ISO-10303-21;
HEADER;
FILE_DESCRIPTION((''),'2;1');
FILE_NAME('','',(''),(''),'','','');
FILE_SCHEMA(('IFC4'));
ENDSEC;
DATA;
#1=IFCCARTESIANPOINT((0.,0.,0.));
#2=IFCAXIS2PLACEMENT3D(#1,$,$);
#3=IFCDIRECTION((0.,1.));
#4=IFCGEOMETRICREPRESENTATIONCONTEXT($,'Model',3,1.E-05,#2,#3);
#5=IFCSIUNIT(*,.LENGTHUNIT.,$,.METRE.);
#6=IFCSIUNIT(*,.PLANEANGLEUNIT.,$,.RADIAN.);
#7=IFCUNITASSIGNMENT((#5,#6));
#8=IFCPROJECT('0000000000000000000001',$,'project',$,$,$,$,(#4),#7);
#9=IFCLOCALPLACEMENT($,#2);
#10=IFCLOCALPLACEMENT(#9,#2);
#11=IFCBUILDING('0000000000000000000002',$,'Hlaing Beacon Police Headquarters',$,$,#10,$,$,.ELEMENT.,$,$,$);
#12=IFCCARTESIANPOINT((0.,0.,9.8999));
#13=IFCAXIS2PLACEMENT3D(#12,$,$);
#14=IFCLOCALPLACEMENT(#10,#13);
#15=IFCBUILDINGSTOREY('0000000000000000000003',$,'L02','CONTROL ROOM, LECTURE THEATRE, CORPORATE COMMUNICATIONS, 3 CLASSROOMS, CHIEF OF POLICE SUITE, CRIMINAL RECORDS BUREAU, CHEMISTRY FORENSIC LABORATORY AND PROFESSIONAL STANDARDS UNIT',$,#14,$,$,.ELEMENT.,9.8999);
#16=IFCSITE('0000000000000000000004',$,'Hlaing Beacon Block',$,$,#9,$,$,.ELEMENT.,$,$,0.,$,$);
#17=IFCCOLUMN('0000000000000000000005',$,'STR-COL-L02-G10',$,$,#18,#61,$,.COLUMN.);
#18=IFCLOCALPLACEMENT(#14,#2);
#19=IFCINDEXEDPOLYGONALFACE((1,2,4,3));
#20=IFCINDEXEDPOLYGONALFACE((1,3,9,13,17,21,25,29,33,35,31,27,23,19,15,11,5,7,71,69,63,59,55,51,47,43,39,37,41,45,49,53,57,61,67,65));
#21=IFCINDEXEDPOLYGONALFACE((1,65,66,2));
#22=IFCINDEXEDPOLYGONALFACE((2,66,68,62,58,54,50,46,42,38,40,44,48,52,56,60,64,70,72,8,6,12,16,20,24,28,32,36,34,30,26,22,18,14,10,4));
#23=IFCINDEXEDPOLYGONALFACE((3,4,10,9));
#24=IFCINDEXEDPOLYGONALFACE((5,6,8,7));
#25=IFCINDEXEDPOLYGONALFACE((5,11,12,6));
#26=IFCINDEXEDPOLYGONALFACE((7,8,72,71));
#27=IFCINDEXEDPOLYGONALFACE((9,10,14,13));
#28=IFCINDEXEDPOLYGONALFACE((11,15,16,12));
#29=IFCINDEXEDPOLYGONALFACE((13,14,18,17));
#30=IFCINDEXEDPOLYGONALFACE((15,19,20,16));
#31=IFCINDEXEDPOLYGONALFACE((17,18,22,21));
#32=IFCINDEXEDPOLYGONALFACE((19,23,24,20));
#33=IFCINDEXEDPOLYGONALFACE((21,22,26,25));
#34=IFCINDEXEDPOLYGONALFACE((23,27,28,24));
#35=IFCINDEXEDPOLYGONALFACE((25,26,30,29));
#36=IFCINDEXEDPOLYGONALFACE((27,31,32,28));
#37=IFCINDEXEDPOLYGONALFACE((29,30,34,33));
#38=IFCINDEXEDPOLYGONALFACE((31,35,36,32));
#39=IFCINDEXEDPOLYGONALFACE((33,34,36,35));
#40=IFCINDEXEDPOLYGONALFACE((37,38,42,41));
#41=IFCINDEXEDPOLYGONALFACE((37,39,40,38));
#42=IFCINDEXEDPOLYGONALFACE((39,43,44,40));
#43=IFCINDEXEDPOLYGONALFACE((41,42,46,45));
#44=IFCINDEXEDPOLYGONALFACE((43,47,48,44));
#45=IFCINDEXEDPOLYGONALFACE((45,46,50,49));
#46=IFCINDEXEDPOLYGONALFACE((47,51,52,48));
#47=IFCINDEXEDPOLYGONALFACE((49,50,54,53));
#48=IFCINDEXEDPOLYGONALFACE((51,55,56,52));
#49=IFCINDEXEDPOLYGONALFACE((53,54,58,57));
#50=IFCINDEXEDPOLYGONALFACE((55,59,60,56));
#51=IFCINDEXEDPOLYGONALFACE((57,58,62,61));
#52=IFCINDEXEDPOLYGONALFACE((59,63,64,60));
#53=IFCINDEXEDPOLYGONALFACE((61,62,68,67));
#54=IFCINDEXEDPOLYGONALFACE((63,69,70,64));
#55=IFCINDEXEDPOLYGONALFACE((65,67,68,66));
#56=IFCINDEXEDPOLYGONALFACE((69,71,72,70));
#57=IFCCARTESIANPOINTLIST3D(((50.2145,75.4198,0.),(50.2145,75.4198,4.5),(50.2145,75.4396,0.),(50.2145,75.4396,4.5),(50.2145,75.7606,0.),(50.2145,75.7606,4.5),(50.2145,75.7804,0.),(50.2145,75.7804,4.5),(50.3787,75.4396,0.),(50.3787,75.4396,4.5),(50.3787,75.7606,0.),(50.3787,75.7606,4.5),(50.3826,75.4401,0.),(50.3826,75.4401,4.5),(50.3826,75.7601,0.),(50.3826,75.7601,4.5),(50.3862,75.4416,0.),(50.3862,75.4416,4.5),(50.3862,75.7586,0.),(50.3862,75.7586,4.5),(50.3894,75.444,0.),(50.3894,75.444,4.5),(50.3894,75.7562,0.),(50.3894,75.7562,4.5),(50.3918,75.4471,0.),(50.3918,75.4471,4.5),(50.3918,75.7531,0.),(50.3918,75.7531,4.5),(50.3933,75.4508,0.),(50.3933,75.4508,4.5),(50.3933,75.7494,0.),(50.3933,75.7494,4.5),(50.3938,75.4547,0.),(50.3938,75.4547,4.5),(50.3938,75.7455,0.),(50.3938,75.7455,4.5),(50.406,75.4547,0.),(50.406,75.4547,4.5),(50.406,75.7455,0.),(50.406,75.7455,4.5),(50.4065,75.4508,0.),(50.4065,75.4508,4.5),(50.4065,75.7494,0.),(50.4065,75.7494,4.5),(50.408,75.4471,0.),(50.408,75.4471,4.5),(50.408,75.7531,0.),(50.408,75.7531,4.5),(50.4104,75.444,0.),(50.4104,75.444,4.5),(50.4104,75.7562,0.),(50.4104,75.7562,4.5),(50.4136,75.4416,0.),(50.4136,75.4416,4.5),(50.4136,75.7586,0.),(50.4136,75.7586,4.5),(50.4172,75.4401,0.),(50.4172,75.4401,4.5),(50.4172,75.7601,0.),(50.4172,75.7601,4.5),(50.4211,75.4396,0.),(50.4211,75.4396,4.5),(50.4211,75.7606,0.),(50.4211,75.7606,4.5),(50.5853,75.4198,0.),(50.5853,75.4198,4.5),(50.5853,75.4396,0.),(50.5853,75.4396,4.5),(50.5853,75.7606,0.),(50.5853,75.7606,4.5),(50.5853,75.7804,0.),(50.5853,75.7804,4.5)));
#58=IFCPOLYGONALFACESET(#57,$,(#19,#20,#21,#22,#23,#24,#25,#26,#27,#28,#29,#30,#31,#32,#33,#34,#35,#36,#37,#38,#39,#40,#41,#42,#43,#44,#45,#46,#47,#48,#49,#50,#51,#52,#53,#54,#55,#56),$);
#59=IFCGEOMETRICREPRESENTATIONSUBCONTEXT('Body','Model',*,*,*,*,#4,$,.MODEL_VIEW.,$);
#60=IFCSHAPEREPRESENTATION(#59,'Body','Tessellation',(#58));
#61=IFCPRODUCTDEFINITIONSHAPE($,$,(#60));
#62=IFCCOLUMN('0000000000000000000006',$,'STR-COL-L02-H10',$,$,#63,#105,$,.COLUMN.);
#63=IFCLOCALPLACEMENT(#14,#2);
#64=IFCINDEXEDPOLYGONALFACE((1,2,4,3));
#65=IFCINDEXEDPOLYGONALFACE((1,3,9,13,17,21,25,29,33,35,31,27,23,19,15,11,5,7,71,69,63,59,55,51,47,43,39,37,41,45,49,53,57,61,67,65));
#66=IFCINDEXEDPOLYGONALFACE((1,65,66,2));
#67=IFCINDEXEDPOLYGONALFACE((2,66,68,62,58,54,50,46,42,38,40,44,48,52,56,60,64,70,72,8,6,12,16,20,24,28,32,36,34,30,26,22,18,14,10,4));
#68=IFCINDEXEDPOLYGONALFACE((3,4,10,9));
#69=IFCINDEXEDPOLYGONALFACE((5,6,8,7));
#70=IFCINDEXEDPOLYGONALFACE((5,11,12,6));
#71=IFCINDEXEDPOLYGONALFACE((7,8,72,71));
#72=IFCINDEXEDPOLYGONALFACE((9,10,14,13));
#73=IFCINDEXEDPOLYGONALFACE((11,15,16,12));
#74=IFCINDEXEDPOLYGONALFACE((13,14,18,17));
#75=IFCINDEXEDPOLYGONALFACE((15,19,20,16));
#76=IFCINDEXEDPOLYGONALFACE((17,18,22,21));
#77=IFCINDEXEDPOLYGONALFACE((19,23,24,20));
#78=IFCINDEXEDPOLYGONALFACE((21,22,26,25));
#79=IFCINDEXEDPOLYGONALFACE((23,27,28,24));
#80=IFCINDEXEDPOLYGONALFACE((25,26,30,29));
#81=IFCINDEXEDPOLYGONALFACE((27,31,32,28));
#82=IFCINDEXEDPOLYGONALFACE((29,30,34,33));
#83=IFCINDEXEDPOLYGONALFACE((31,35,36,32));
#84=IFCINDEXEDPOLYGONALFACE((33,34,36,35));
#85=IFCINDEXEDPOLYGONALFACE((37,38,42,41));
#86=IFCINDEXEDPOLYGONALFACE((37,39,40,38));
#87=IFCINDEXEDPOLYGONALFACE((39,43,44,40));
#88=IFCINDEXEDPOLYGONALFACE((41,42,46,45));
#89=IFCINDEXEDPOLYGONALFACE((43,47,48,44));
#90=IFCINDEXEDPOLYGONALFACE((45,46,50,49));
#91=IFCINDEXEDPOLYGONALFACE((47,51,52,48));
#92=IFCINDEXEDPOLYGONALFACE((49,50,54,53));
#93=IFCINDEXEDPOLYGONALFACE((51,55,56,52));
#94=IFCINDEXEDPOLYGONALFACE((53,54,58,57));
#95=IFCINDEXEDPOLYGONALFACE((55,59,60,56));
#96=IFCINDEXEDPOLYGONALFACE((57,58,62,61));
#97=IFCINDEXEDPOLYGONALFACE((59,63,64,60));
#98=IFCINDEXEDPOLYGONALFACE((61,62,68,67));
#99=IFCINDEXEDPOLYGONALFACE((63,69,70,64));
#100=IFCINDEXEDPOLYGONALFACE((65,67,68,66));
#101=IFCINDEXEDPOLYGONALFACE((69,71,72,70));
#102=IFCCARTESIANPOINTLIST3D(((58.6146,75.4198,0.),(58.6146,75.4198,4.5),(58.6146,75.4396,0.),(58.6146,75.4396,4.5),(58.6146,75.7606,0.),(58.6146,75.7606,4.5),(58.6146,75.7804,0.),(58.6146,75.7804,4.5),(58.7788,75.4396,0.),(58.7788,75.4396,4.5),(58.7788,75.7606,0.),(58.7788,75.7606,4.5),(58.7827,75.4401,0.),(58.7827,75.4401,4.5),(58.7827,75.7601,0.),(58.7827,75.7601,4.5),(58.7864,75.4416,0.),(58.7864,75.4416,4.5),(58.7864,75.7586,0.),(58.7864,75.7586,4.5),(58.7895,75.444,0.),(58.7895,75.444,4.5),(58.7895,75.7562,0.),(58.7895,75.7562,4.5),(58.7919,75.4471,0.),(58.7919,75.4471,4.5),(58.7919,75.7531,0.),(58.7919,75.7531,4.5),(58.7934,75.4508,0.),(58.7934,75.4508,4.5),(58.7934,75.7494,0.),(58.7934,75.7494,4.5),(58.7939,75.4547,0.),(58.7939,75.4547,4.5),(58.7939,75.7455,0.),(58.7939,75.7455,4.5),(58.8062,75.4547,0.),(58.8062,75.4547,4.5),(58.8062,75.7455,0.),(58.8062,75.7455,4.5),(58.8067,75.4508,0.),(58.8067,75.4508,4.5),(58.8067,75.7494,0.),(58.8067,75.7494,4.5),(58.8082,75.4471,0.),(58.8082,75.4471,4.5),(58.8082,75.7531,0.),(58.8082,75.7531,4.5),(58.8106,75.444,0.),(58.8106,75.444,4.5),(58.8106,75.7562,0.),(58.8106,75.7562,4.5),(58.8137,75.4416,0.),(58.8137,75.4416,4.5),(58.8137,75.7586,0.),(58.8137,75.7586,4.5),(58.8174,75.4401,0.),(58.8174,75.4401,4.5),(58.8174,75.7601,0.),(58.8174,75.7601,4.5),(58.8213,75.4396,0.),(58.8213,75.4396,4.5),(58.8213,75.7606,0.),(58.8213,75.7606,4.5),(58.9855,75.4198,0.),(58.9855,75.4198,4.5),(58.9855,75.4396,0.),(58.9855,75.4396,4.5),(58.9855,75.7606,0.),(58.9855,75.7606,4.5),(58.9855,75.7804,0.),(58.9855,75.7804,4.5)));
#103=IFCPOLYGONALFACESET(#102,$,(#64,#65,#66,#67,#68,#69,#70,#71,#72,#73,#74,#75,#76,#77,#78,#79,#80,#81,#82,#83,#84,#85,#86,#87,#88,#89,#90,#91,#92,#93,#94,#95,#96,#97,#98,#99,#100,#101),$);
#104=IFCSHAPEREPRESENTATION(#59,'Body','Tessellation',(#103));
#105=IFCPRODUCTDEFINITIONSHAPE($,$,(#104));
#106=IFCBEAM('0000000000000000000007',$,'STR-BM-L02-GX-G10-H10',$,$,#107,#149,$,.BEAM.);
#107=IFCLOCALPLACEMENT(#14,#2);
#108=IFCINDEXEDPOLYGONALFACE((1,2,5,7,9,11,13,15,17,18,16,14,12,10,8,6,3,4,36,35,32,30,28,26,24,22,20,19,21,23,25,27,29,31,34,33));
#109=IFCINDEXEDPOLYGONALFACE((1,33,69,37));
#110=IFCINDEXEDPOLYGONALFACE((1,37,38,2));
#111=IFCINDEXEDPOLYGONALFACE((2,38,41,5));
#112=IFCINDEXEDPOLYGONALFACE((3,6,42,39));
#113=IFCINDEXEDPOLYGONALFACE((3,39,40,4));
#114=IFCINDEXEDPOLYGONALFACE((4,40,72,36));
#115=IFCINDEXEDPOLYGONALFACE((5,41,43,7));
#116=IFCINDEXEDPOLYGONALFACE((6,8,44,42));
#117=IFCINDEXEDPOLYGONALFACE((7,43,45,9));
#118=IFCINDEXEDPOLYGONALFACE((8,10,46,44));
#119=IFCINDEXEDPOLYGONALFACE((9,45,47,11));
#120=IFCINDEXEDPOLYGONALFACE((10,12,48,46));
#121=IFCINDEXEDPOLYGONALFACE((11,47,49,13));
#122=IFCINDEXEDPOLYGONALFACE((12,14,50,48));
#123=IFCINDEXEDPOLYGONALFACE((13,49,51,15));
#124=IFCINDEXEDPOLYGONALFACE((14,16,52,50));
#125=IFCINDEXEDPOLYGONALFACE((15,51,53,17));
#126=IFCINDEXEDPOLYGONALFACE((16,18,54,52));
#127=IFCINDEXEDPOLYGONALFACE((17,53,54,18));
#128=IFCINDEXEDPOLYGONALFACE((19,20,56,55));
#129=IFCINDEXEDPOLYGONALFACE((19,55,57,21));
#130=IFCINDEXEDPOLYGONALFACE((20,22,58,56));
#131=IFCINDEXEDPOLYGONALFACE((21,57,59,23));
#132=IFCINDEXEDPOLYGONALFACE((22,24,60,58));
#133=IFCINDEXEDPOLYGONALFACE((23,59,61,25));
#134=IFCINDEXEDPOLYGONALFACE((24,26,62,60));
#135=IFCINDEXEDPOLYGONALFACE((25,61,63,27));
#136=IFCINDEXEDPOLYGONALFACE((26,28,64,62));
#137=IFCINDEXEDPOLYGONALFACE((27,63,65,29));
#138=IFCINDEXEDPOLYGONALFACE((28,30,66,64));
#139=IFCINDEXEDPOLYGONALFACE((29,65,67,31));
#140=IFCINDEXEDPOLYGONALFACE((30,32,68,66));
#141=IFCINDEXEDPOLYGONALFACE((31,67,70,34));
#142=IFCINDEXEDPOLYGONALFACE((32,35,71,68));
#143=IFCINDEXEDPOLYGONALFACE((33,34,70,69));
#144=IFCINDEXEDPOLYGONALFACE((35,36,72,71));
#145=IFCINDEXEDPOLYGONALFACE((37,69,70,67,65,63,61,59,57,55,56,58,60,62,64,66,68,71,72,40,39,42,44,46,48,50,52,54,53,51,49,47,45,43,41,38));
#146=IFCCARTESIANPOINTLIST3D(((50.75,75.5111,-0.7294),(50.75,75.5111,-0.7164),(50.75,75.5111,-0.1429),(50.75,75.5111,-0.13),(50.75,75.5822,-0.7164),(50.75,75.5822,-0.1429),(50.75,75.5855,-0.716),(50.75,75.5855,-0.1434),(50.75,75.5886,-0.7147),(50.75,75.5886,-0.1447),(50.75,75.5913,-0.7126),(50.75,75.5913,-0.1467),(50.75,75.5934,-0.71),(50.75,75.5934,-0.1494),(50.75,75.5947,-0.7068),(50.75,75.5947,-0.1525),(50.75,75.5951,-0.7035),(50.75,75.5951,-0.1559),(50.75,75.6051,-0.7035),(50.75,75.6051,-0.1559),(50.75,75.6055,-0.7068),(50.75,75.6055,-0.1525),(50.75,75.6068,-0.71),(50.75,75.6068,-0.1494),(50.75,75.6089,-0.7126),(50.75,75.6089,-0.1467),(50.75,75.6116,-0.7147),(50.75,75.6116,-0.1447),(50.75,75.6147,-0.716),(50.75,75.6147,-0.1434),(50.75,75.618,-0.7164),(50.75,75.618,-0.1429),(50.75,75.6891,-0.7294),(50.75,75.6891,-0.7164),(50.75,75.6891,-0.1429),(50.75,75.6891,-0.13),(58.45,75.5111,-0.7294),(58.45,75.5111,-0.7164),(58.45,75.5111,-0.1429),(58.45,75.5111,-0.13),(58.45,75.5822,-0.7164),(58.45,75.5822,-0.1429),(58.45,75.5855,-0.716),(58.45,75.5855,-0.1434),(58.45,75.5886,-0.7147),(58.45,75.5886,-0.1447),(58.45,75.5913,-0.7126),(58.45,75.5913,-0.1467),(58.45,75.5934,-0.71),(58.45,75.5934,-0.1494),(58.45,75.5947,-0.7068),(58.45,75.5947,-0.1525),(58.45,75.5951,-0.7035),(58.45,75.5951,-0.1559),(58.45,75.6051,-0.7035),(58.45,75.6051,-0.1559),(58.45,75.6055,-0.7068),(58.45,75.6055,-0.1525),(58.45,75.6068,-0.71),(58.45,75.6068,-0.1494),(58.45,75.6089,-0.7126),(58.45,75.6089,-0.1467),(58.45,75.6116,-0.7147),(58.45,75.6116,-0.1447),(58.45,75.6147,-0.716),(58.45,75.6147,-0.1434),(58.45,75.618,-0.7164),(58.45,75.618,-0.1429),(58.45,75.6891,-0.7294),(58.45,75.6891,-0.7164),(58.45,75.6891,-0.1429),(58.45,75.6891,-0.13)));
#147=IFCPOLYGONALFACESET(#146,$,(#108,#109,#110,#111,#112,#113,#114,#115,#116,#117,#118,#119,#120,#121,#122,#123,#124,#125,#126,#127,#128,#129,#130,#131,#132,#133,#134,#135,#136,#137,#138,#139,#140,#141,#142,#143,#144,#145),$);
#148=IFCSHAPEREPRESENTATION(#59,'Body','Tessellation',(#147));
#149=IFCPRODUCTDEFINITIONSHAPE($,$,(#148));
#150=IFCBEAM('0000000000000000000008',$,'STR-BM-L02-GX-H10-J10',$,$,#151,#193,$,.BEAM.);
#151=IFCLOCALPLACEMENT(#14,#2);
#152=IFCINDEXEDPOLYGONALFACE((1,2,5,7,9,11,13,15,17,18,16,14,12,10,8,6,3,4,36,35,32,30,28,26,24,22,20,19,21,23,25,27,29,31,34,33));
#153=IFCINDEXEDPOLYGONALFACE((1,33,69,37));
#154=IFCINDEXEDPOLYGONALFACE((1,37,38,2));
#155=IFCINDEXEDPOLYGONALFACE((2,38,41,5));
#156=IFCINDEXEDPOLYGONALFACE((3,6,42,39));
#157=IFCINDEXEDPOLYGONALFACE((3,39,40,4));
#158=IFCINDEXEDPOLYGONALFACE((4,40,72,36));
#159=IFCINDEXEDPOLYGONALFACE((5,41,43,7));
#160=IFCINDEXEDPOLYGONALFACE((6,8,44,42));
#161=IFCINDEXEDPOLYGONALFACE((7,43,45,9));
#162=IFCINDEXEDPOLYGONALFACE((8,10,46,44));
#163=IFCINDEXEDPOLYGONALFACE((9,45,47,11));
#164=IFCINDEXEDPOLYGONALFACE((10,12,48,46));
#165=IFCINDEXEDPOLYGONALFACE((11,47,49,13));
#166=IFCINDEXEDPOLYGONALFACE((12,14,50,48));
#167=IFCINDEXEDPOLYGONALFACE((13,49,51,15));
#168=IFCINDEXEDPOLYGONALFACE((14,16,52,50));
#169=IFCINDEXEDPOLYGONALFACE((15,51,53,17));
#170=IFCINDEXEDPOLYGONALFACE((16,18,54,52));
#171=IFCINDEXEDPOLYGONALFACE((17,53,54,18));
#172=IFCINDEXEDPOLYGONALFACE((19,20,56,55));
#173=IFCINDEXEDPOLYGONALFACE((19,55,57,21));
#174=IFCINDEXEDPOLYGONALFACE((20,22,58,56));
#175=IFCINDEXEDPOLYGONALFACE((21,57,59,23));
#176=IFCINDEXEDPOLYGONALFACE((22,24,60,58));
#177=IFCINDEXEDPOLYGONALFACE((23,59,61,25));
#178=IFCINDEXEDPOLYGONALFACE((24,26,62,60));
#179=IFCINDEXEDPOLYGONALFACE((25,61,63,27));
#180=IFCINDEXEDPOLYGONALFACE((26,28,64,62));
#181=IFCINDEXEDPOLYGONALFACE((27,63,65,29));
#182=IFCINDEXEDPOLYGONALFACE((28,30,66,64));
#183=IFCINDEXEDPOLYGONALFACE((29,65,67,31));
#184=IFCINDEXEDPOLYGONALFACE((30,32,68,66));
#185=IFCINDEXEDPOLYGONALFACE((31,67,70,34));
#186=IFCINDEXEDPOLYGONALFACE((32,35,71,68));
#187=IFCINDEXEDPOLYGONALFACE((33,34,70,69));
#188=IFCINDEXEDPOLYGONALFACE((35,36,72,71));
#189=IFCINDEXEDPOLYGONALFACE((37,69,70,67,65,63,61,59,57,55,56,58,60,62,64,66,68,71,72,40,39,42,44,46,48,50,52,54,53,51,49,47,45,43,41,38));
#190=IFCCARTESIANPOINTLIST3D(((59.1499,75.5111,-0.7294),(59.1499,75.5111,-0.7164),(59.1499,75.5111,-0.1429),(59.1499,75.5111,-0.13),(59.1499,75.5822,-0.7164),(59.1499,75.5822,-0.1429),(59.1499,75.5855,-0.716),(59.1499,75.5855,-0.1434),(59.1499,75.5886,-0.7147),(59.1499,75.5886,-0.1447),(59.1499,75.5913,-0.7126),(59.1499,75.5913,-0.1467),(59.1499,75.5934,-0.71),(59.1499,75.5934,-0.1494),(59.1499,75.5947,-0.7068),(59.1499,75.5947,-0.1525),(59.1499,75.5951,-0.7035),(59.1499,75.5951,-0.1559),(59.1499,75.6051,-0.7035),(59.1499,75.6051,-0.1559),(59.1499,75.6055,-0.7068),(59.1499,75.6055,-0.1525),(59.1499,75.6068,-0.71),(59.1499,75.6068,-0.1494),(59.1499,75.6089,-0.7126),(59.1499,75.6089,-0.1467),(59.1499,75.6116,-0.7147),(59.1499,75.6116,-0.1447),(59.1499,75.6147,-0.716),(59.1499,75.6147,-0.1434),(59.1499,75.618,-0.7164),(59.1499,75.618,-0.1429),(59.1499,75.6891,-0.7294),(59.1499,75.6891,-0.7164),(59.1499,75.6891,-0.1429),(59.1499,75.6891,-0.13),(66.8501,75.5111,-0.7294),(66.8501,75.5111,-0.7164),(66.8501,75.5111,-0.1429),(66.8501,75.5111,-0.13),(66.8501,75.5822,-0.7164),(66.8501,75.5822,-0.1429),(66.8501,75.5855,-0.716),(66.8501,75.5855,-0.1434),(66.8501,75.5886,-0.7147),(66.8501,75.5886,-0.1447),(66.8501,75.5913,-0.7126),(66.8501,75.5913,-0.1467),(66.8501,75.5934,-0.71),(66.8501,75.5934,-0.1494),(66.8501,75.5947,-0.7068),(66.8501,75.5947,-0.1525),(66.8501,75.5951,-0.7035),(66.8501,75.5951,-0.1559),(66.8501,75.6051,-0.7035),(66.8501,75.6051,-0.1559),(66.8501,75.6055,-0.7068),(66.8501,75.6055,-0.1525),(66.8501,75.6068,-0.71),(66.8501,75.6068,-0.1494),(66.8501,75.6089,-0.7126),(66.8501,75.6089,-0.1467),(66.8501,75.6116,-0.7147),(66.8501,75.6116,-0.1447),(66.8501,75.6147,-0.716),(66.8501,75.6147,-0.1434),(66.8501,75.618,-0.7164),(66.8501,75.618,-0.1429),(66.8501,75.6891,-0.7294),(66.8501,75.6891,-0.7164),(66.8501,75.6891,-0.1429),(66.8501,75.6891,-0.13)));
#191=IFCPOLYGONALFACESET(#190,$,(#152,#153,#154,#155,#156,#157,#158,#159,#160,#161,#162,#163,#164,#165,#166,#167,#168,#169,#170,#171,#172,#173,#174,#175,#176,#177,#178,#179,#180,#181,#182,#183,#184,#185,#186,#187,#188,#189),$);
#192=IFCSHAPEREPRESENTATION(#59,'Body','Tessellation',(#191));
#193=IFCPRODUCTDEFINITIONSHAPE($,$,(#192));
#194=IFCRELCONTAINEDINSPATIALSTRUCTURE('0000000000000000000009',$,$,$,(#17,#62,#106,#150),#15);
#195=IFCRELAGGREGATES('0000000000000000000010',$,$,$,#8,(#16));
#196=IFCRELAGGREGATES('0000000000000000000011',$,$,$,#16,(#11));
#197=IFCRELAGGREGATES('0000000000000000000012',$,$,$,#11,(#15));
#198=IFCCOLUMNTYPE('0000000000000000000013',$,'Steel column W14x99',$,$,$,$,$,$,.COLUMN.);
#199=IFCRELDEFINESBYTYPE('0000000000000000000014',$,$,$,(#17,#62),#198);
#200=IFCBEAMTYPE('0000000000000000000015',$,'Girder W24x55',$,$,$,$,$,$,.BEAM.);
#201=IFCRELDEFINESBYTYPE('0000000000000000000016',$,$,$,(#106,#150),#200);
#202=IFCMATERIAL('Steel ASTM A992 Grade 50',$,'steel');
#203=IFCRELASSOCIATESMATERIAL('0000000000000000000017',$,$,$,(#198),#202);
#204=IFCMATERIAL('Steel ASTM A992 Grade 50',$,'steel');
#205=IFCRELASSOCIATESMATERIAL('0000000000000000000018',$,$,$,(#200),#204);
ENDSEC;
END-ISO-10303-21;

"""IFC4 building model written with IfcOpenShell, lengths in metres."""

from ifc_helpers import new_model, si_unit, direction, frame, origin, origin_2d, place, context, subcontext, project, spatial, i_section, extrude, material, material_profile, profile_set, type_object, element, save


model = new_model("IFC4")

# Units and contexts
model_context = context("Model", 3, precision=1e-05, world=origin(), true_north=direction((0.0, 1.0)))
body_context = subcontext(model_context, "Body", "Model", "MODEL_VIEW")
ifc_project = project(units=[si_unit("LENGTHUNIT", "METRE"), si_unit("PLANEANGLEUNIT", "RADIAN")], contexts=[model_context])

# Site, building, storey
site_placement = place(None, origin())
site = spatial("IfcSite", under=ifc_project, at=site_placement, Name="Hlaing Beacon Block", CompositionType="ELEMENT", RefElevation=0.0)
building_placement = place(site_placement, origin())
building = spatial("IfcBuilding", under=site, at=building_placement, Name="Hlaing Beacon Police Headquarters", CompositionType="ELEMENT")
storey_placement = place(building_placement, frame((0.0, 0.0, 9.8999)))
storey = spatial("IfcBuildingStorey", under=building, at=storey_placement, Name="L02", Description="CONTROL ROOM, LECTURE THEATRE, CORPORATE COMMUNICATIONS, 3 CLASSROOMS, CHIEF OF POLICE SUITE, CRIMINAL RECORDS BUREAU, CHEMISTRY FORENSIC LABORATORY AND PROFESSIONAL STANDARDS UNIT", CompositionType="ELEMENT", Elevation=9.8999)

# Columns
ifc_material_1 = material(Name="Steel ASTM A992 Grade 50", Category="steel")
ifc_material_profile_1 = material_profile(ifc_material_1, i_section(OverallWidth=0.3708, OverallDepth=0.3606, WebThickness=0.0122, FlangeThickness=0.0198, FilletRadius=0.0151, at=origin_2d()), Name="W14x99")
ifc_profile_set_1 = profile_set([ifc_material_profile_1], Name="Steel ASTM A992 Grade 50")
column_type_1 = type_object("IfcColumnType", Name="Steel column W14x99", PredefinedType="COLUMN", material=ifc_profile_set_1)
for number, where, z_axis, x_axis, name in (
    (1, (50.3999, 75.6001, 0.0), (0.0, 0.0, 1.0), (1.0, 0.0, 0.0), "STR-COL-L02-G10"),
    (2, (58.8, 75.6001, 0.0), (0.0, 0.0, 1.0), (1.0, 0.0, 0.0), "STR-COL-L02-H10"),
):
    element("IfcColumn", number, at=place(storey_placement, frame(where, z_axis=z_axis, x_axis=x_axis)), inside=storey, type_object=column_type_1, Name=name, PredefinedType="COLUMN", context=body_context, shape_type="SweptSolid", body=[
        extrude(i_section(OverallWidth=0.3708, OverallDepth=0.3606, WebThickness=0.0122, FlangeThickness=0.0198, FilletRadius=0.0151, at=origin_2d()), origin(), (0.0, 0.0, 1.0), 4.5),
    ])

# Beams
ifc_material_2 = material(Name="Steel ASTM A992 Grade 50", Category="steel")
ifc_material_profile_2 = material_profile(ifc_material_2, i_section(OverallWidth=0.178, OverallDepth=0.5994, WebThickness=0.01, FlangeThickness=0.0129, FilletRadius=0.0129, at=origin_2d()), Name="W24x55")
ifc_profile_set_2 = profile_set([ifc_material_profile_2], Name="Steel ASTM A992 Grade 50")
beam_type_1 = type_object("IfcBeamType", Name="Girder W24x55", PredefinedType="BEAM", material=ifc_profile_set_2)
beam_1_placement = place(storey_placement, frame((50.75, 75.6001, -0.4297), z_axis=(1.0, 0.0, 0.0), x_axis=(0.0, 1.0, 0.0)))
element("IfcBeam", 3, at=beam_1_placement, inside=storey, type_object=beam_type_1, Name="STR-BM-L02-GX-G10-H10", PredefinedType="BEAM", context=body_context, shape_type="SweptSolid", body=[
    extrude(i_section(OverallWidth=0.178, OverallDepth=0.5994, WebThickness=0.01, FlangeThickness=0.0129, FilletRadius=0.0129, at=origin_2d()), origin(), (0.0, 0.0, 1.0), 7.7),
])
beam_2_placement = place(storey_placement, frame((59.1499, 75.6001, -0.4297), z_axis=(1.0, 0.0, 0.0), x_axis=(0.0, 1.0, 0.0)))
element("IfcBeam", 4, at=beam_2_placement, inside=storey, type_object=beam_type_1, Name="STR-BM-L02-GX-H10-J10", PredefinedType="BEAM", context=body_context, shape_type="SweptSolid", body=[
    extrude(i_section(OverallWidth=0.178, OverallDepth=0.5994, WebThickness=0.01, FlangeThickness=0.0129, FilletRadius=0.0129, at=origin_2d()), origin(), (0.0, 0.0, 1.0), 7.7002),
])

save(model, "model.ifc")
